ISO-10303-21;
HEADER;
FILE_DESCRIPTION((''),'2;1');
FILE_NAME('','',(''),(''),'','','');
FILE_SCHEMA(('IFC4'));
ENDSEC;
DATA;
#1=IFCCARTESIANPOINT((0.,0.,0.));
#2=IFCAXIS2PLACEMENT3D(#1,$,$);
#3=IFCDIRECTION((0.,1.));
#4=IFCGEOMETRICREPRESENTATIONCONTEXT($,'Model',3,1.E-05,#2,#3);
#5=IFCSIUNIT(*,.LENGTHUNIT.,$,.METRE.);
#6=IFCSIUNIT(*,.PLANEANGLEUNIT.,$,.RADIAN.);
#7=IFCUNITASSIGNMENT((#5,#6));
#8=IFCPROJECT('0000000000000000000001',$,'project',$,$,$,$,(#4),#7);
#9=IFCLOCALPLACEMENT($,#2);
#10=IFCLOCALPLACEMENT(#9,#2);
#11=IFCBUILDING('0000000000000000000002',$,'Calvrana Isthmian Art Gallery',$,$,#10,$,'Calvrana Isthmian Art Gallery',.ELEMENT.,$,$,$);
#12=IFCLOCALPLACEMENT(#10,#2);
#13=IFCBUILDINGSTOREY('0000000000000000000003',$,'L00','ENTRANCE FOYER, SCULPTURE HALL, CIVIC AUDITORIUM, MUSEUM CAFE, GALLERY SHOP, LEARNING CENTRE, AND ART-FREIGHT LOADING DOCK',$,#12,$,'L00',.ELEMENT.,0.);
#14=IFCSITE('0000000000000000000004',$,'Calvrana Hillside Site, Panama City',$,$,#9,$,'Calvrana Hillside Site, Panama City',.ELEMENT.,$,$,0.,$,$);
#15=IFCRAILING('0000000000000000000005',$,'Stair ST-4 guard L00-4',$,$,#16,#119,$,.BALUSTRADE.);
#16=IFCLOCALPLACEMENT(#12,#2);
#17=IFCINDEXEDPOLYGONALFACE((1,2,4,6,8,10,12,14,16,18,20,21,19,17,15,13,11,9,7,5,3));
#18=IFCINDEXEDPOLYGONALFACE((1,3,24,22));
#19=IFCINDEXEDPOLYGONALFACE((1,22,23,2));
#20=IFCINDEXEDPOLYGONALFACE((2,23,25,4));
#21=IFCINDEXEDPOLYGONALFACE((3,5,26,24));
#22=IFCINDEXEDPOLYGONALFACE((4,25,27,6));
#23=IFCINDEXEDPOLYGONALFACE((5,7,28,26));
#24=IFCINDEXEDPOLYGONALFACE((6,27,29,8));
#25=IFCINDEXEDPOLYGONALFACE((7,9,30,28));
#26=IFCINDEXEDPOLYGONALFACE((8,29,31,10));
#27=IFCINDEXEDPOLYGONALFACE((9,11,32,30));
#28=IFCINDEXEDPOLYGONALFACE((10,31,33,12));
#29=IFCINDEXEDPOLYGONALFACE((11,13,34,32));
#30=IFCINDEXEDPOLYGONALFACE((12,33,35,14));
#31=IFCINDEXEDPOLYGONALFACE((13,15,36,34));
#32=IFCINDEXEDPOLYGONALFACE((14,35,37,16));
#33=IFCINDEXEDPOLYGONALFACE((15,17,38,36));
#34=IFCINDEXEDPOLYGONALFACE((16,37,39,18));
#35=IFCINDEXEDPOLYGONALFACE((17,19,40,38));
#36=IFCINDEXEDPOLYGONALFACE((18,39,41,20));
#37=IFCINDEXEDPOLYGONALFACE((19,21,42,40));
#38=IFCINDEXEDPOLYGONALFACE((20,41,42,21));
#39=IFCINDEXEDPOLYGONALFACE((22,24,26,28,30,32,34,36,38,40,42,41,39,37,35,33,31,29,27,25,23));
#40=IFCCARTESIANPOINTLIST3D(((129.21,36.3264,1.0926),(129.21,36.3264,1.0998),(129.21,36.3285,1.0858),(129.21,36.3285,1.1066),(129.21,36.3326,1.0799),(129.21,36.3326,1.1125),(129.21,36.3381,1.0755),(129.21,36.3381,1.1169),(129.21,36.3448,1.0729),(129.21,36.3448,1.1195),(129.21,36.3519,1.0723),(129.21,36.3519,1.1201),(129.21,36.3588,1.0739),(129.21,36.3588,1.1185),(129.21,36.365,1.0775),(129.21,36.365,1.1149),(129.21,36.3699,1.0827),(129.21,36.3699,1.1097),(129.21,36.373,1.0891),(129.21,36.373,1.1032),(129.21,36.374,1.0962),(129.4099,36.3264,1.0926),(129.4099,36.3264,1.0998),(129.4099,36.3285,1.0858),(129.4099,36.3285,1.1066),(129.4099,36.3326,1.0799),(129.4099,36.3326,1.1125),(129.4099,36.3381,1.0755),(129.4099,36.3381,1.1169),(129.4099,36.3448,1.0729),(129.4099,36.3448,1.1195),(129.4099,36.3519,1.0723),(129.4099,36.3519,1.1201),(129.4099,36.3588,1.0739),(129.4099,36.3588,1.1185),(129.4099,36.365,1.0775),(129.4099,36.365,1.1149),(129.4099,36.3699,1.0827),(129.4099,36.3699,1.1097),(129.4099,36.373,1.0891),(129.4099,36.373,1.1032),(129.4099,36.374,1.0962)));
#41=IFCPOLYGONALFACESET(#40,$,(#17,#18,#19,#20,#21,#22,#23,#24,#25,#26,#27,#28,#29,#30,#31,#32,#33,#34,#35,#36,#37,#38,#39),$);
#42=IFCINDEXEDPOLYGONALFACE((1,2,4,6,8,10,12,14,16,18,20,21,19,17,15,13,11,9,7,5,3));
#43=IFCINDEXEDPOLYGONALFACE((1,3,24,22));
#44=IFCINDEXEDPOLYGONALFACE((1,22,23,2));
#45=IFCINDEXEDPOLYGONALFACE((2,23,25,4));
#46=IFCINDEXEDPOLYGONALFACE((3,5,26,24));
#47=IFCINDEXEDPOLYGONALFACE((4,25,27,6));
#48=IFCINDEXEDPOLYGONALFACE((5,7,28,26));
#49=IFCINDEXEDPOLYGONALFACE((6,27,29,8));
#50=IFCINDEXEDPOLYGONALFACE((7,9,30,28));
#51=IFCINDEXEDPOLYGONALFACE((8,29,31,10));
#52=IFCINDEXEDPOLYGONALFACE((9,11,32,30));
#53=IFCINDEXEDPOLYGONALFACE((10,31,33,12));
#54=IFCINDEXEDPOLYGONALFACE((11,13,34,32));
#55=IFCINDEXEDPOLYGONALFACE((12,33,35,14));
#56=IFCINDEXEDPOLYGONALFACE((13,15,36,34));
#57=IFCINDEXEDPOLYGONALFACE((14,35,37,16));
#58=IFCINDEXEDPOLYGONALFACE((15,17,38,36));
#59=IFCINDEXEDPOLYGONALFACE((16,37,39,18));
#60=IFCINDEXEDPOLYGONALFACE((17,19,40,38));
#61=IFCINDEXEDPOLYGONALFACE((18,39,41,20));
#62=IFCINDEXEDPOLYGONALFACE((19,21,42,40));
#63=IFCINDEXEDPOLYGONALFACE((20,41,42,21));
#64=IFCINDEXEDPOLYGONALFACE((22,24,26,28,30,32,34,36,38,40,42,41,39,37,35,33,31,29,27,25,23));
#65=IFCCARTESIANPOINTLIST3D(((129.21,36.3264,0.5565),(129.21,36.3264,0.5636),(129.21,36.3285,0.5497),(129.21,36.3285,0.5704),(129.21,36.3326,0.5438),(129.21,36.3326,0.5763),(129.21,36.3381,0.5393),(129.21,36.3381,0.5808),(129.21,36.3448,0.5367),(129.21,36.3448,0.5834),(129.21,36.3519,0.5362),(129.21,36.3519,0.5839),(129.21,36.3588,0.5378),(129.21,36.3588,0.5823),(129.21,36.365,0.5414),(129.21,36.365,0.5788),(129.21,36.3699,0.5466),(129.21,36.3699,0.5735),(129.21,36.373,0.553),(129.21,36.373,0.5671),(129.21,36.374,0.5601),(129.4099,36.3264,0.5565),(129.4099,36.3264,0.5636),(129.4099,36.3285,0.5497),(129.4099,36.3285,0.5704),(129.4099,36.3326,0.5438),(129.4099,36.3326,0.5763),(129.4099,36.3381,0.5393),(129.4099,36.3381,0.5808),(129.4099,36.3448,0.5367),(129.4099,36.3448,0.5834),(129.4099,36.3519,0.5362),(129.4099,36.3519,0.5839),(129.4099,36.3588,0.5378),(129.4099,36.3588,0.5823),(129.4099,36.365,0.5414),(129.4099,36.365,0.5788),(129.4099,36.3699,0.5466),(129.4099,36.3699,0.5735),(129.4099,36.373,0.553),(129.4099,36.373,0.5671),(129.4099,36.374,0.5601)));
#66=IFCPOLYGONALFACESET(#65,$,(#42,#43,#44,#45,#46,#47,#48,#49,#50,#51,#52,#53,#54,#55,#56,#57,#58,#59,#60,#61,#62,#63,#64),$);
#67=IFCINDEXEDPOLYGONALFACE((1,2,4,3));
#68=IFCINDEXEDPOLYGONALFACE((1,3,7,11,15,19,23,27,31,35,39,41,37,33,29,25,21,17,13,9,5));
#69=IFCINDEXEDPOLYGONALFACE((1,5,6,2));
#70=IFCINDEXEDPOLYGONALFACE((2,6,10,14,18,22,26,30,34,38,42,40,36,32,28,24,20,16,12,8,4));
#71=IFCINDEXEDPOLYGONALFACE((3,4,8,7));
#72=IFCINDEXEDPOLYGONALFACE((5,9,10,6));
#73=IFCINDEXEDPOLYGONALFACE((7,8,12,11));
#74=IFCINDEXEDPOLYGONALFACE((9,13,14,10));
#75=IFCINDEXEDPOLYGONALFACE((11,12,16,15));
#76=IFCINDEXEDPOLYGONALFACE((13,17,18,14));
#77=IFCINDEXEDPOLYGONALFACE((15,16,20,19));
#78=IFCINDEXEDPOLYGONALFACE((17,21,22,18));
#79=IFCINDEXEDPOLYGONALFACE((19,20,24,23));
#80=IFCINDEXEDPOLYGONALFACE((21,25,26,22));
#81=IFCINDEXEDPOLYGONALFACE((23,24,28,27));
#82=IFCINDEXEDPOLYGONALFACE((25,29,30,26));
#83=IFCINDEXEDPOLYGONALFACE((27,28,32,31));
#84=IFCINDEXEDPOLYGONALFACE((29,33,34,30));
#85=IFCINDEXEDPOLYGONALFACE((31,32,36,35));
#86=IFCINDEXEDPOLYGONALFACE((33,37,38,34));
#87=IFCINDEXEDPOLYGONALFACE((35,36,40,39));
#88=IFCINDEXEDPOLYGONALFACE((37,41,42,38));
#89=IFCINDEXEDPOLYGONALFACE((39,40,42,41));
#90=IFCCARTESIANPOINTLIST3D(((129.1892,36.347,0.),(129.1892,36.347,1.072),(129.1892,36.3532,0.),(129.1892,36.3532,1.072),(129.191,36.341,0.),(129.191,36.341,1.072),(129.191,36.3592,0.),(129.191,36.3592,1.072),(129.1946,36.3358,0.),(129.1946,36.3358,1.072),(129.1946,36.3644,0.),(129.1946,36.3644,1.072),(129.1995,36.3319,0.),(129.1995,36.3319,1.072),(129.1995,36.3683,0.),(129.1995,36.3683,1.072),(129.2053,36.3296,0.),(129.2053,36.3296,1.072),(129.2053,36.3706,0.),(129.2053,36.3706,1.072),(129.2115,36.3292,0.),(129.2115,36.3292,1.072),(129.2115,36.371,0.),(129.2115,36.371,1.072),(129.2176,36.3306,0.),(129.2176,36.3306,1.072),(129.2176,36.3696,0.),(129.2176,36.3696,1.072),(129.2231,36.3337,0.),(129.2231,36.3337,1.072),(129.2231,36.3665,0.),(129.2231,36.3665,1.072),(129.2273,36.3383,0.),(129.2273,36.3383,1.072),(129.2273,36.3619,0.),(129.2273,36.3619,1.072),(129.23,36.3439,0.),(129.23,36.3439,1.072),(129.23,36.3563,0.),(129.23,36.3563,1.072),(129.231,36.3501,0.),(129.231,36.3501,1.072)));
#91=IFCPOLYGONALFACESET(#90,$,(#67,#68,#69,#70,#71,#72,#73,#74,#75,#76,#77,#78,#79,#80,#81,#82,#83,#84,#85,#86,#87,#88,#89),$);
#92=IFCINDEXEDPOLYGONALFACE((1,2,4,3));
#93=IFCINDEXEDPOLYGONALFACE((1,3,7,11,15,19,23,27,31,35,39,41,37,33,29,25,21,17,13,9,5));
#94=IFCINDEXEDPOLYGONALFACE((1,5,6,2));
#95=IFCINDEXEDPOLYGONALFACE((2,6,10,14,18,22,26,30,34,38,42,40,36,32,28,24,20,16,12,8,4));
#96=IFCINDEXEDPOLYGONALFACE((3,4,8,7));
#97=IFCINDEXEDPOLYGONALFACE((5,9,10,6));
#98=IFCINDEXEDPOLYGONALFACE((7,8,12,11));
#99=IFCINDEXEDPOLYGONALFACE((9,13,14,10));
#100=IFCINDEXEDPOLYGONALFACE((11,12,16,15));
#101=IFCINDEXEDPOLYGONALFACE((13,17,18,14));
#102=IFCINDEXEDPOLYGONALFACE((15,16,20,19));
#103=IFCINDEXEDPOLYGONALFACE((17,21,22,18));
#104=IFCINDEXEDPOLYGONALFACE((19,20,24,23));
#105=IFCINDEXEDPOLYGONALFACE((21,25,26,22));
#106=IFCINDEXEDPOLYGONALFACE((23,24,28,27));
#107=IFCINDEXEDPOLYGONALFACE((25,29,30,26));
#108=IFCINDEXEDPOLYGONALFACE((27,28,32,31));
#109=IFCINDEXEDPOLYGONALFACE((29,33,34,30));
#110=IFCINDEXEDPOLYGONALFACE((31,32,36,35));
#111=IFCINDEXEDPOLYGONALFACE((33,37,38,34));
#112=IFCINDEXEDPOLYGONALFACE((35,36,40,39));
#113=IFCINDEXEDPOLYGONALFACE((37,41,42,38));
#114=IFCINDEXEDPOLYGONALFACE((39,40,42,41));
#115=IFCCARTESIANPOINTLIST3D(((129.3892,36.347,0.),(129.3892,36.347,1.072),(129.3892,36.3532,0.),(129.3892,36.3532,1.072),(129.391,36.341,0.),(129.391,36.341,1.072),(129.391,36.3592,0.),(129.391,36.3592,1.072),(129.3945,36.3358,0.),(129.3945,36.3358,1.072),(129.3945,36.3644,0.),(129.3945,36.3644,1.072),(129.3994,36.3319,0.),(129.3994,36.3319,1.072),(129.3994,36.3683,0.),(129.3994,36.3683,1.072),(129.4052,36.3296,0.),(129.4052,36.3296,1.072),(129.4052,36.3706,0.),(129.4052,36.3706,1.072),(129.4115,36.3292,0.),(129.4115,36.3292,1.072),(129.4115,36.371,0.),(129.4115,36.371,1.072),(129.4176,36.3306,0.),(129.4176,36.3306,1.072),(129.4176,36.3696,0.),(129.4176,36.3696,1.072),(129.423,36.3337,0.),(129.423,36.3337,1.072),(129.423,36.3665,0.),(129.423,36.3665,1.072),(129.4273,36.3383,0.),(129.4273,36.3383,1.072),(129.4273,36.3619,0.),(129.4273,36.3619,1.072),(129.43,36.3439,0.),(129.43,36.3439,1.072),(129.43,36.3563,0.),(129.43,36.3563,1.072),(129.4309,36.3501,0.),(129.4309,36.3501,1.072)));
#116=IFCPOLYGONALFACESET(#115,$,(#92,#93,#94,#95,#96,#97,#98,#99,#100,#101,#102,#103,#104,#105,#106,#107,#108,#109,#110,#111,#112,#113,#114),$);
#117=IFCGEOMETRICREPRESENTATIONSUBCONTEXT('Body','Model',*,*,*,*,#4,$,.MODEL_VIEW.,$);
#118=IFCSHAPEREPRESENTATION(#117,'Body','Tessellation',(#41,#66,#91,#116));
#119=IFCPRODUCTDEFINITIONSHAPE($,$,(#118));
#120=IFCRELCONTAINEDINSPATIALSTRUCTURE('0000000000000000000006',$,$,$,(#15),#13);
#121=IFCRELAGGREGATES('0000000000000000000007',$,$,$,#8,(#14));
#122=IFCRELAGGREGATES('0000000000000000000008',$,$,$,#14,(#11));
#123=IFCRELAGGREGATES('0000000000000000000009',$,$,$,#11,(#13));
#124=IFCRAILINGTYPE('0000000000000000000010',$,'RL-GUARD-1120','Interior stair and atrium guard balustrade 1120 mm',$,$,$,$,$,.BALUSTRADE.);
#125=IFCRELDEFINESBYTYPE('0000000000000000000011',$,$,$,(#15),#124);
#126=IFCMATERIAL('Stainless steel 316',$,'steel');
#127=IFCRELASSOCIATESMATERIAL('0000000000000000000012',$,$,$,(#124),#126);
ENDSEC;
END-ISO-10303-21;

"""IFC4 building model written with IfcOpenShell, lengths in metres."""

from ifc_helpers import new_model, si_unit, direction, frame, origin, origin_2d, place, context, subcontext, project, spatial, circle, extrude, material, type_object, element, save


model = new_model("IFC4")

# Units and contexts
model_context = context("Model", 3, precision=1e-05, world=origin(), true_north=direction((0.0, 1.0)))
body_context = subcontext(model_context, "Body", "Model", "MODEL_VIEW")
ifc_project = project(units=[si_unit("LENGTHUNIT", "METRE"), si_unit("PLANEANGLEUNIT", "RADIAN")], contexts=[model_context])

# Site, building, storey
site_placement = place(None, origin())
site = spatial("IfcSite", under=ifc_project, at=site_placement, Name="Calvrana Hillside Site, Panama City", LongName="Calvrana Hillside Site, Panama City", CompositionType="ELEMENT", RefElevation=0.0)
building_placement = place(site_placement, origin())
building = spatial("IfcBuilding", under=site, at=building_placement, Name="Calvrana Isthmian Art Gallery", LongName="Calvrana Isthmian Art Gallery", CompositionType="ELEMENT")
storey_placement = place(building_placement, origin())
storey = spatial("IfcBuildingStorey", under=building, at=storey_placement, Name="L00", Description="ENTRANCE FOYER, SCULPTURE HALL, CIVIC AUDITORIUM, MUSEUM CAFE, GALLERY SHOP, LEARNING CENTRE, AND ART-FREIGHT LOADING DOCK", LongName="L00", CompositionType="ELEMENT", Elevation=0.0)

# Shared definitions
ifc_material_1 = material(Name="Stainless steel 316", Category="steel")

# Railing
railing_type_1 = type_object("IfcRailingType", Name="RL-GUARD-1120", Description="Interior stair and atrium guard balustrade 1120 mm", PredefinedType="BALUSTRADE", material=ifc_material_1)
railing_1_placement = place(storey_placement, frame((129.21, 36.3501, 0.0)))
element("IfcRailing", 1, at=railing_1_placement, inside=storey, type_object=railing_type_1, Name="Stair ST-4 guard L00-4", PredefinedType="BALUSTRADE", context=body_context, shape_type="SweptSolid", body=[
    extrude(circle(Radius=0.0239, at=origin_2d()), frame((0.0, 0.0, 1.0962), z_axis=(1.0, 0.0, 0.0), x_axis=(0.0, 1.0, 0.0)), (0.0, 0.0, 1.0), 0.2),
    extrude(circle(Radius=0.0239, at=origin_2d()), frame((0.0, 0.0, 0.5601), z_axis=(1.0, 0.0, 0.0), x_axis=(0.0, 1.0, 0.0)), (0.0, 0.0, 1.0), 0.2),
    extrude(circle(Radius=0.021, at=origin_2d()), origin(), (0.0, 0.0, 1.0), 1.072),
    extrude(circle(Radius=0.021, at=origin_2d()), frame((0.2, 0.0, 0.0)), (0.0, 0.0, 1.0), 1.072),
])

save(model, "model.ifc")
